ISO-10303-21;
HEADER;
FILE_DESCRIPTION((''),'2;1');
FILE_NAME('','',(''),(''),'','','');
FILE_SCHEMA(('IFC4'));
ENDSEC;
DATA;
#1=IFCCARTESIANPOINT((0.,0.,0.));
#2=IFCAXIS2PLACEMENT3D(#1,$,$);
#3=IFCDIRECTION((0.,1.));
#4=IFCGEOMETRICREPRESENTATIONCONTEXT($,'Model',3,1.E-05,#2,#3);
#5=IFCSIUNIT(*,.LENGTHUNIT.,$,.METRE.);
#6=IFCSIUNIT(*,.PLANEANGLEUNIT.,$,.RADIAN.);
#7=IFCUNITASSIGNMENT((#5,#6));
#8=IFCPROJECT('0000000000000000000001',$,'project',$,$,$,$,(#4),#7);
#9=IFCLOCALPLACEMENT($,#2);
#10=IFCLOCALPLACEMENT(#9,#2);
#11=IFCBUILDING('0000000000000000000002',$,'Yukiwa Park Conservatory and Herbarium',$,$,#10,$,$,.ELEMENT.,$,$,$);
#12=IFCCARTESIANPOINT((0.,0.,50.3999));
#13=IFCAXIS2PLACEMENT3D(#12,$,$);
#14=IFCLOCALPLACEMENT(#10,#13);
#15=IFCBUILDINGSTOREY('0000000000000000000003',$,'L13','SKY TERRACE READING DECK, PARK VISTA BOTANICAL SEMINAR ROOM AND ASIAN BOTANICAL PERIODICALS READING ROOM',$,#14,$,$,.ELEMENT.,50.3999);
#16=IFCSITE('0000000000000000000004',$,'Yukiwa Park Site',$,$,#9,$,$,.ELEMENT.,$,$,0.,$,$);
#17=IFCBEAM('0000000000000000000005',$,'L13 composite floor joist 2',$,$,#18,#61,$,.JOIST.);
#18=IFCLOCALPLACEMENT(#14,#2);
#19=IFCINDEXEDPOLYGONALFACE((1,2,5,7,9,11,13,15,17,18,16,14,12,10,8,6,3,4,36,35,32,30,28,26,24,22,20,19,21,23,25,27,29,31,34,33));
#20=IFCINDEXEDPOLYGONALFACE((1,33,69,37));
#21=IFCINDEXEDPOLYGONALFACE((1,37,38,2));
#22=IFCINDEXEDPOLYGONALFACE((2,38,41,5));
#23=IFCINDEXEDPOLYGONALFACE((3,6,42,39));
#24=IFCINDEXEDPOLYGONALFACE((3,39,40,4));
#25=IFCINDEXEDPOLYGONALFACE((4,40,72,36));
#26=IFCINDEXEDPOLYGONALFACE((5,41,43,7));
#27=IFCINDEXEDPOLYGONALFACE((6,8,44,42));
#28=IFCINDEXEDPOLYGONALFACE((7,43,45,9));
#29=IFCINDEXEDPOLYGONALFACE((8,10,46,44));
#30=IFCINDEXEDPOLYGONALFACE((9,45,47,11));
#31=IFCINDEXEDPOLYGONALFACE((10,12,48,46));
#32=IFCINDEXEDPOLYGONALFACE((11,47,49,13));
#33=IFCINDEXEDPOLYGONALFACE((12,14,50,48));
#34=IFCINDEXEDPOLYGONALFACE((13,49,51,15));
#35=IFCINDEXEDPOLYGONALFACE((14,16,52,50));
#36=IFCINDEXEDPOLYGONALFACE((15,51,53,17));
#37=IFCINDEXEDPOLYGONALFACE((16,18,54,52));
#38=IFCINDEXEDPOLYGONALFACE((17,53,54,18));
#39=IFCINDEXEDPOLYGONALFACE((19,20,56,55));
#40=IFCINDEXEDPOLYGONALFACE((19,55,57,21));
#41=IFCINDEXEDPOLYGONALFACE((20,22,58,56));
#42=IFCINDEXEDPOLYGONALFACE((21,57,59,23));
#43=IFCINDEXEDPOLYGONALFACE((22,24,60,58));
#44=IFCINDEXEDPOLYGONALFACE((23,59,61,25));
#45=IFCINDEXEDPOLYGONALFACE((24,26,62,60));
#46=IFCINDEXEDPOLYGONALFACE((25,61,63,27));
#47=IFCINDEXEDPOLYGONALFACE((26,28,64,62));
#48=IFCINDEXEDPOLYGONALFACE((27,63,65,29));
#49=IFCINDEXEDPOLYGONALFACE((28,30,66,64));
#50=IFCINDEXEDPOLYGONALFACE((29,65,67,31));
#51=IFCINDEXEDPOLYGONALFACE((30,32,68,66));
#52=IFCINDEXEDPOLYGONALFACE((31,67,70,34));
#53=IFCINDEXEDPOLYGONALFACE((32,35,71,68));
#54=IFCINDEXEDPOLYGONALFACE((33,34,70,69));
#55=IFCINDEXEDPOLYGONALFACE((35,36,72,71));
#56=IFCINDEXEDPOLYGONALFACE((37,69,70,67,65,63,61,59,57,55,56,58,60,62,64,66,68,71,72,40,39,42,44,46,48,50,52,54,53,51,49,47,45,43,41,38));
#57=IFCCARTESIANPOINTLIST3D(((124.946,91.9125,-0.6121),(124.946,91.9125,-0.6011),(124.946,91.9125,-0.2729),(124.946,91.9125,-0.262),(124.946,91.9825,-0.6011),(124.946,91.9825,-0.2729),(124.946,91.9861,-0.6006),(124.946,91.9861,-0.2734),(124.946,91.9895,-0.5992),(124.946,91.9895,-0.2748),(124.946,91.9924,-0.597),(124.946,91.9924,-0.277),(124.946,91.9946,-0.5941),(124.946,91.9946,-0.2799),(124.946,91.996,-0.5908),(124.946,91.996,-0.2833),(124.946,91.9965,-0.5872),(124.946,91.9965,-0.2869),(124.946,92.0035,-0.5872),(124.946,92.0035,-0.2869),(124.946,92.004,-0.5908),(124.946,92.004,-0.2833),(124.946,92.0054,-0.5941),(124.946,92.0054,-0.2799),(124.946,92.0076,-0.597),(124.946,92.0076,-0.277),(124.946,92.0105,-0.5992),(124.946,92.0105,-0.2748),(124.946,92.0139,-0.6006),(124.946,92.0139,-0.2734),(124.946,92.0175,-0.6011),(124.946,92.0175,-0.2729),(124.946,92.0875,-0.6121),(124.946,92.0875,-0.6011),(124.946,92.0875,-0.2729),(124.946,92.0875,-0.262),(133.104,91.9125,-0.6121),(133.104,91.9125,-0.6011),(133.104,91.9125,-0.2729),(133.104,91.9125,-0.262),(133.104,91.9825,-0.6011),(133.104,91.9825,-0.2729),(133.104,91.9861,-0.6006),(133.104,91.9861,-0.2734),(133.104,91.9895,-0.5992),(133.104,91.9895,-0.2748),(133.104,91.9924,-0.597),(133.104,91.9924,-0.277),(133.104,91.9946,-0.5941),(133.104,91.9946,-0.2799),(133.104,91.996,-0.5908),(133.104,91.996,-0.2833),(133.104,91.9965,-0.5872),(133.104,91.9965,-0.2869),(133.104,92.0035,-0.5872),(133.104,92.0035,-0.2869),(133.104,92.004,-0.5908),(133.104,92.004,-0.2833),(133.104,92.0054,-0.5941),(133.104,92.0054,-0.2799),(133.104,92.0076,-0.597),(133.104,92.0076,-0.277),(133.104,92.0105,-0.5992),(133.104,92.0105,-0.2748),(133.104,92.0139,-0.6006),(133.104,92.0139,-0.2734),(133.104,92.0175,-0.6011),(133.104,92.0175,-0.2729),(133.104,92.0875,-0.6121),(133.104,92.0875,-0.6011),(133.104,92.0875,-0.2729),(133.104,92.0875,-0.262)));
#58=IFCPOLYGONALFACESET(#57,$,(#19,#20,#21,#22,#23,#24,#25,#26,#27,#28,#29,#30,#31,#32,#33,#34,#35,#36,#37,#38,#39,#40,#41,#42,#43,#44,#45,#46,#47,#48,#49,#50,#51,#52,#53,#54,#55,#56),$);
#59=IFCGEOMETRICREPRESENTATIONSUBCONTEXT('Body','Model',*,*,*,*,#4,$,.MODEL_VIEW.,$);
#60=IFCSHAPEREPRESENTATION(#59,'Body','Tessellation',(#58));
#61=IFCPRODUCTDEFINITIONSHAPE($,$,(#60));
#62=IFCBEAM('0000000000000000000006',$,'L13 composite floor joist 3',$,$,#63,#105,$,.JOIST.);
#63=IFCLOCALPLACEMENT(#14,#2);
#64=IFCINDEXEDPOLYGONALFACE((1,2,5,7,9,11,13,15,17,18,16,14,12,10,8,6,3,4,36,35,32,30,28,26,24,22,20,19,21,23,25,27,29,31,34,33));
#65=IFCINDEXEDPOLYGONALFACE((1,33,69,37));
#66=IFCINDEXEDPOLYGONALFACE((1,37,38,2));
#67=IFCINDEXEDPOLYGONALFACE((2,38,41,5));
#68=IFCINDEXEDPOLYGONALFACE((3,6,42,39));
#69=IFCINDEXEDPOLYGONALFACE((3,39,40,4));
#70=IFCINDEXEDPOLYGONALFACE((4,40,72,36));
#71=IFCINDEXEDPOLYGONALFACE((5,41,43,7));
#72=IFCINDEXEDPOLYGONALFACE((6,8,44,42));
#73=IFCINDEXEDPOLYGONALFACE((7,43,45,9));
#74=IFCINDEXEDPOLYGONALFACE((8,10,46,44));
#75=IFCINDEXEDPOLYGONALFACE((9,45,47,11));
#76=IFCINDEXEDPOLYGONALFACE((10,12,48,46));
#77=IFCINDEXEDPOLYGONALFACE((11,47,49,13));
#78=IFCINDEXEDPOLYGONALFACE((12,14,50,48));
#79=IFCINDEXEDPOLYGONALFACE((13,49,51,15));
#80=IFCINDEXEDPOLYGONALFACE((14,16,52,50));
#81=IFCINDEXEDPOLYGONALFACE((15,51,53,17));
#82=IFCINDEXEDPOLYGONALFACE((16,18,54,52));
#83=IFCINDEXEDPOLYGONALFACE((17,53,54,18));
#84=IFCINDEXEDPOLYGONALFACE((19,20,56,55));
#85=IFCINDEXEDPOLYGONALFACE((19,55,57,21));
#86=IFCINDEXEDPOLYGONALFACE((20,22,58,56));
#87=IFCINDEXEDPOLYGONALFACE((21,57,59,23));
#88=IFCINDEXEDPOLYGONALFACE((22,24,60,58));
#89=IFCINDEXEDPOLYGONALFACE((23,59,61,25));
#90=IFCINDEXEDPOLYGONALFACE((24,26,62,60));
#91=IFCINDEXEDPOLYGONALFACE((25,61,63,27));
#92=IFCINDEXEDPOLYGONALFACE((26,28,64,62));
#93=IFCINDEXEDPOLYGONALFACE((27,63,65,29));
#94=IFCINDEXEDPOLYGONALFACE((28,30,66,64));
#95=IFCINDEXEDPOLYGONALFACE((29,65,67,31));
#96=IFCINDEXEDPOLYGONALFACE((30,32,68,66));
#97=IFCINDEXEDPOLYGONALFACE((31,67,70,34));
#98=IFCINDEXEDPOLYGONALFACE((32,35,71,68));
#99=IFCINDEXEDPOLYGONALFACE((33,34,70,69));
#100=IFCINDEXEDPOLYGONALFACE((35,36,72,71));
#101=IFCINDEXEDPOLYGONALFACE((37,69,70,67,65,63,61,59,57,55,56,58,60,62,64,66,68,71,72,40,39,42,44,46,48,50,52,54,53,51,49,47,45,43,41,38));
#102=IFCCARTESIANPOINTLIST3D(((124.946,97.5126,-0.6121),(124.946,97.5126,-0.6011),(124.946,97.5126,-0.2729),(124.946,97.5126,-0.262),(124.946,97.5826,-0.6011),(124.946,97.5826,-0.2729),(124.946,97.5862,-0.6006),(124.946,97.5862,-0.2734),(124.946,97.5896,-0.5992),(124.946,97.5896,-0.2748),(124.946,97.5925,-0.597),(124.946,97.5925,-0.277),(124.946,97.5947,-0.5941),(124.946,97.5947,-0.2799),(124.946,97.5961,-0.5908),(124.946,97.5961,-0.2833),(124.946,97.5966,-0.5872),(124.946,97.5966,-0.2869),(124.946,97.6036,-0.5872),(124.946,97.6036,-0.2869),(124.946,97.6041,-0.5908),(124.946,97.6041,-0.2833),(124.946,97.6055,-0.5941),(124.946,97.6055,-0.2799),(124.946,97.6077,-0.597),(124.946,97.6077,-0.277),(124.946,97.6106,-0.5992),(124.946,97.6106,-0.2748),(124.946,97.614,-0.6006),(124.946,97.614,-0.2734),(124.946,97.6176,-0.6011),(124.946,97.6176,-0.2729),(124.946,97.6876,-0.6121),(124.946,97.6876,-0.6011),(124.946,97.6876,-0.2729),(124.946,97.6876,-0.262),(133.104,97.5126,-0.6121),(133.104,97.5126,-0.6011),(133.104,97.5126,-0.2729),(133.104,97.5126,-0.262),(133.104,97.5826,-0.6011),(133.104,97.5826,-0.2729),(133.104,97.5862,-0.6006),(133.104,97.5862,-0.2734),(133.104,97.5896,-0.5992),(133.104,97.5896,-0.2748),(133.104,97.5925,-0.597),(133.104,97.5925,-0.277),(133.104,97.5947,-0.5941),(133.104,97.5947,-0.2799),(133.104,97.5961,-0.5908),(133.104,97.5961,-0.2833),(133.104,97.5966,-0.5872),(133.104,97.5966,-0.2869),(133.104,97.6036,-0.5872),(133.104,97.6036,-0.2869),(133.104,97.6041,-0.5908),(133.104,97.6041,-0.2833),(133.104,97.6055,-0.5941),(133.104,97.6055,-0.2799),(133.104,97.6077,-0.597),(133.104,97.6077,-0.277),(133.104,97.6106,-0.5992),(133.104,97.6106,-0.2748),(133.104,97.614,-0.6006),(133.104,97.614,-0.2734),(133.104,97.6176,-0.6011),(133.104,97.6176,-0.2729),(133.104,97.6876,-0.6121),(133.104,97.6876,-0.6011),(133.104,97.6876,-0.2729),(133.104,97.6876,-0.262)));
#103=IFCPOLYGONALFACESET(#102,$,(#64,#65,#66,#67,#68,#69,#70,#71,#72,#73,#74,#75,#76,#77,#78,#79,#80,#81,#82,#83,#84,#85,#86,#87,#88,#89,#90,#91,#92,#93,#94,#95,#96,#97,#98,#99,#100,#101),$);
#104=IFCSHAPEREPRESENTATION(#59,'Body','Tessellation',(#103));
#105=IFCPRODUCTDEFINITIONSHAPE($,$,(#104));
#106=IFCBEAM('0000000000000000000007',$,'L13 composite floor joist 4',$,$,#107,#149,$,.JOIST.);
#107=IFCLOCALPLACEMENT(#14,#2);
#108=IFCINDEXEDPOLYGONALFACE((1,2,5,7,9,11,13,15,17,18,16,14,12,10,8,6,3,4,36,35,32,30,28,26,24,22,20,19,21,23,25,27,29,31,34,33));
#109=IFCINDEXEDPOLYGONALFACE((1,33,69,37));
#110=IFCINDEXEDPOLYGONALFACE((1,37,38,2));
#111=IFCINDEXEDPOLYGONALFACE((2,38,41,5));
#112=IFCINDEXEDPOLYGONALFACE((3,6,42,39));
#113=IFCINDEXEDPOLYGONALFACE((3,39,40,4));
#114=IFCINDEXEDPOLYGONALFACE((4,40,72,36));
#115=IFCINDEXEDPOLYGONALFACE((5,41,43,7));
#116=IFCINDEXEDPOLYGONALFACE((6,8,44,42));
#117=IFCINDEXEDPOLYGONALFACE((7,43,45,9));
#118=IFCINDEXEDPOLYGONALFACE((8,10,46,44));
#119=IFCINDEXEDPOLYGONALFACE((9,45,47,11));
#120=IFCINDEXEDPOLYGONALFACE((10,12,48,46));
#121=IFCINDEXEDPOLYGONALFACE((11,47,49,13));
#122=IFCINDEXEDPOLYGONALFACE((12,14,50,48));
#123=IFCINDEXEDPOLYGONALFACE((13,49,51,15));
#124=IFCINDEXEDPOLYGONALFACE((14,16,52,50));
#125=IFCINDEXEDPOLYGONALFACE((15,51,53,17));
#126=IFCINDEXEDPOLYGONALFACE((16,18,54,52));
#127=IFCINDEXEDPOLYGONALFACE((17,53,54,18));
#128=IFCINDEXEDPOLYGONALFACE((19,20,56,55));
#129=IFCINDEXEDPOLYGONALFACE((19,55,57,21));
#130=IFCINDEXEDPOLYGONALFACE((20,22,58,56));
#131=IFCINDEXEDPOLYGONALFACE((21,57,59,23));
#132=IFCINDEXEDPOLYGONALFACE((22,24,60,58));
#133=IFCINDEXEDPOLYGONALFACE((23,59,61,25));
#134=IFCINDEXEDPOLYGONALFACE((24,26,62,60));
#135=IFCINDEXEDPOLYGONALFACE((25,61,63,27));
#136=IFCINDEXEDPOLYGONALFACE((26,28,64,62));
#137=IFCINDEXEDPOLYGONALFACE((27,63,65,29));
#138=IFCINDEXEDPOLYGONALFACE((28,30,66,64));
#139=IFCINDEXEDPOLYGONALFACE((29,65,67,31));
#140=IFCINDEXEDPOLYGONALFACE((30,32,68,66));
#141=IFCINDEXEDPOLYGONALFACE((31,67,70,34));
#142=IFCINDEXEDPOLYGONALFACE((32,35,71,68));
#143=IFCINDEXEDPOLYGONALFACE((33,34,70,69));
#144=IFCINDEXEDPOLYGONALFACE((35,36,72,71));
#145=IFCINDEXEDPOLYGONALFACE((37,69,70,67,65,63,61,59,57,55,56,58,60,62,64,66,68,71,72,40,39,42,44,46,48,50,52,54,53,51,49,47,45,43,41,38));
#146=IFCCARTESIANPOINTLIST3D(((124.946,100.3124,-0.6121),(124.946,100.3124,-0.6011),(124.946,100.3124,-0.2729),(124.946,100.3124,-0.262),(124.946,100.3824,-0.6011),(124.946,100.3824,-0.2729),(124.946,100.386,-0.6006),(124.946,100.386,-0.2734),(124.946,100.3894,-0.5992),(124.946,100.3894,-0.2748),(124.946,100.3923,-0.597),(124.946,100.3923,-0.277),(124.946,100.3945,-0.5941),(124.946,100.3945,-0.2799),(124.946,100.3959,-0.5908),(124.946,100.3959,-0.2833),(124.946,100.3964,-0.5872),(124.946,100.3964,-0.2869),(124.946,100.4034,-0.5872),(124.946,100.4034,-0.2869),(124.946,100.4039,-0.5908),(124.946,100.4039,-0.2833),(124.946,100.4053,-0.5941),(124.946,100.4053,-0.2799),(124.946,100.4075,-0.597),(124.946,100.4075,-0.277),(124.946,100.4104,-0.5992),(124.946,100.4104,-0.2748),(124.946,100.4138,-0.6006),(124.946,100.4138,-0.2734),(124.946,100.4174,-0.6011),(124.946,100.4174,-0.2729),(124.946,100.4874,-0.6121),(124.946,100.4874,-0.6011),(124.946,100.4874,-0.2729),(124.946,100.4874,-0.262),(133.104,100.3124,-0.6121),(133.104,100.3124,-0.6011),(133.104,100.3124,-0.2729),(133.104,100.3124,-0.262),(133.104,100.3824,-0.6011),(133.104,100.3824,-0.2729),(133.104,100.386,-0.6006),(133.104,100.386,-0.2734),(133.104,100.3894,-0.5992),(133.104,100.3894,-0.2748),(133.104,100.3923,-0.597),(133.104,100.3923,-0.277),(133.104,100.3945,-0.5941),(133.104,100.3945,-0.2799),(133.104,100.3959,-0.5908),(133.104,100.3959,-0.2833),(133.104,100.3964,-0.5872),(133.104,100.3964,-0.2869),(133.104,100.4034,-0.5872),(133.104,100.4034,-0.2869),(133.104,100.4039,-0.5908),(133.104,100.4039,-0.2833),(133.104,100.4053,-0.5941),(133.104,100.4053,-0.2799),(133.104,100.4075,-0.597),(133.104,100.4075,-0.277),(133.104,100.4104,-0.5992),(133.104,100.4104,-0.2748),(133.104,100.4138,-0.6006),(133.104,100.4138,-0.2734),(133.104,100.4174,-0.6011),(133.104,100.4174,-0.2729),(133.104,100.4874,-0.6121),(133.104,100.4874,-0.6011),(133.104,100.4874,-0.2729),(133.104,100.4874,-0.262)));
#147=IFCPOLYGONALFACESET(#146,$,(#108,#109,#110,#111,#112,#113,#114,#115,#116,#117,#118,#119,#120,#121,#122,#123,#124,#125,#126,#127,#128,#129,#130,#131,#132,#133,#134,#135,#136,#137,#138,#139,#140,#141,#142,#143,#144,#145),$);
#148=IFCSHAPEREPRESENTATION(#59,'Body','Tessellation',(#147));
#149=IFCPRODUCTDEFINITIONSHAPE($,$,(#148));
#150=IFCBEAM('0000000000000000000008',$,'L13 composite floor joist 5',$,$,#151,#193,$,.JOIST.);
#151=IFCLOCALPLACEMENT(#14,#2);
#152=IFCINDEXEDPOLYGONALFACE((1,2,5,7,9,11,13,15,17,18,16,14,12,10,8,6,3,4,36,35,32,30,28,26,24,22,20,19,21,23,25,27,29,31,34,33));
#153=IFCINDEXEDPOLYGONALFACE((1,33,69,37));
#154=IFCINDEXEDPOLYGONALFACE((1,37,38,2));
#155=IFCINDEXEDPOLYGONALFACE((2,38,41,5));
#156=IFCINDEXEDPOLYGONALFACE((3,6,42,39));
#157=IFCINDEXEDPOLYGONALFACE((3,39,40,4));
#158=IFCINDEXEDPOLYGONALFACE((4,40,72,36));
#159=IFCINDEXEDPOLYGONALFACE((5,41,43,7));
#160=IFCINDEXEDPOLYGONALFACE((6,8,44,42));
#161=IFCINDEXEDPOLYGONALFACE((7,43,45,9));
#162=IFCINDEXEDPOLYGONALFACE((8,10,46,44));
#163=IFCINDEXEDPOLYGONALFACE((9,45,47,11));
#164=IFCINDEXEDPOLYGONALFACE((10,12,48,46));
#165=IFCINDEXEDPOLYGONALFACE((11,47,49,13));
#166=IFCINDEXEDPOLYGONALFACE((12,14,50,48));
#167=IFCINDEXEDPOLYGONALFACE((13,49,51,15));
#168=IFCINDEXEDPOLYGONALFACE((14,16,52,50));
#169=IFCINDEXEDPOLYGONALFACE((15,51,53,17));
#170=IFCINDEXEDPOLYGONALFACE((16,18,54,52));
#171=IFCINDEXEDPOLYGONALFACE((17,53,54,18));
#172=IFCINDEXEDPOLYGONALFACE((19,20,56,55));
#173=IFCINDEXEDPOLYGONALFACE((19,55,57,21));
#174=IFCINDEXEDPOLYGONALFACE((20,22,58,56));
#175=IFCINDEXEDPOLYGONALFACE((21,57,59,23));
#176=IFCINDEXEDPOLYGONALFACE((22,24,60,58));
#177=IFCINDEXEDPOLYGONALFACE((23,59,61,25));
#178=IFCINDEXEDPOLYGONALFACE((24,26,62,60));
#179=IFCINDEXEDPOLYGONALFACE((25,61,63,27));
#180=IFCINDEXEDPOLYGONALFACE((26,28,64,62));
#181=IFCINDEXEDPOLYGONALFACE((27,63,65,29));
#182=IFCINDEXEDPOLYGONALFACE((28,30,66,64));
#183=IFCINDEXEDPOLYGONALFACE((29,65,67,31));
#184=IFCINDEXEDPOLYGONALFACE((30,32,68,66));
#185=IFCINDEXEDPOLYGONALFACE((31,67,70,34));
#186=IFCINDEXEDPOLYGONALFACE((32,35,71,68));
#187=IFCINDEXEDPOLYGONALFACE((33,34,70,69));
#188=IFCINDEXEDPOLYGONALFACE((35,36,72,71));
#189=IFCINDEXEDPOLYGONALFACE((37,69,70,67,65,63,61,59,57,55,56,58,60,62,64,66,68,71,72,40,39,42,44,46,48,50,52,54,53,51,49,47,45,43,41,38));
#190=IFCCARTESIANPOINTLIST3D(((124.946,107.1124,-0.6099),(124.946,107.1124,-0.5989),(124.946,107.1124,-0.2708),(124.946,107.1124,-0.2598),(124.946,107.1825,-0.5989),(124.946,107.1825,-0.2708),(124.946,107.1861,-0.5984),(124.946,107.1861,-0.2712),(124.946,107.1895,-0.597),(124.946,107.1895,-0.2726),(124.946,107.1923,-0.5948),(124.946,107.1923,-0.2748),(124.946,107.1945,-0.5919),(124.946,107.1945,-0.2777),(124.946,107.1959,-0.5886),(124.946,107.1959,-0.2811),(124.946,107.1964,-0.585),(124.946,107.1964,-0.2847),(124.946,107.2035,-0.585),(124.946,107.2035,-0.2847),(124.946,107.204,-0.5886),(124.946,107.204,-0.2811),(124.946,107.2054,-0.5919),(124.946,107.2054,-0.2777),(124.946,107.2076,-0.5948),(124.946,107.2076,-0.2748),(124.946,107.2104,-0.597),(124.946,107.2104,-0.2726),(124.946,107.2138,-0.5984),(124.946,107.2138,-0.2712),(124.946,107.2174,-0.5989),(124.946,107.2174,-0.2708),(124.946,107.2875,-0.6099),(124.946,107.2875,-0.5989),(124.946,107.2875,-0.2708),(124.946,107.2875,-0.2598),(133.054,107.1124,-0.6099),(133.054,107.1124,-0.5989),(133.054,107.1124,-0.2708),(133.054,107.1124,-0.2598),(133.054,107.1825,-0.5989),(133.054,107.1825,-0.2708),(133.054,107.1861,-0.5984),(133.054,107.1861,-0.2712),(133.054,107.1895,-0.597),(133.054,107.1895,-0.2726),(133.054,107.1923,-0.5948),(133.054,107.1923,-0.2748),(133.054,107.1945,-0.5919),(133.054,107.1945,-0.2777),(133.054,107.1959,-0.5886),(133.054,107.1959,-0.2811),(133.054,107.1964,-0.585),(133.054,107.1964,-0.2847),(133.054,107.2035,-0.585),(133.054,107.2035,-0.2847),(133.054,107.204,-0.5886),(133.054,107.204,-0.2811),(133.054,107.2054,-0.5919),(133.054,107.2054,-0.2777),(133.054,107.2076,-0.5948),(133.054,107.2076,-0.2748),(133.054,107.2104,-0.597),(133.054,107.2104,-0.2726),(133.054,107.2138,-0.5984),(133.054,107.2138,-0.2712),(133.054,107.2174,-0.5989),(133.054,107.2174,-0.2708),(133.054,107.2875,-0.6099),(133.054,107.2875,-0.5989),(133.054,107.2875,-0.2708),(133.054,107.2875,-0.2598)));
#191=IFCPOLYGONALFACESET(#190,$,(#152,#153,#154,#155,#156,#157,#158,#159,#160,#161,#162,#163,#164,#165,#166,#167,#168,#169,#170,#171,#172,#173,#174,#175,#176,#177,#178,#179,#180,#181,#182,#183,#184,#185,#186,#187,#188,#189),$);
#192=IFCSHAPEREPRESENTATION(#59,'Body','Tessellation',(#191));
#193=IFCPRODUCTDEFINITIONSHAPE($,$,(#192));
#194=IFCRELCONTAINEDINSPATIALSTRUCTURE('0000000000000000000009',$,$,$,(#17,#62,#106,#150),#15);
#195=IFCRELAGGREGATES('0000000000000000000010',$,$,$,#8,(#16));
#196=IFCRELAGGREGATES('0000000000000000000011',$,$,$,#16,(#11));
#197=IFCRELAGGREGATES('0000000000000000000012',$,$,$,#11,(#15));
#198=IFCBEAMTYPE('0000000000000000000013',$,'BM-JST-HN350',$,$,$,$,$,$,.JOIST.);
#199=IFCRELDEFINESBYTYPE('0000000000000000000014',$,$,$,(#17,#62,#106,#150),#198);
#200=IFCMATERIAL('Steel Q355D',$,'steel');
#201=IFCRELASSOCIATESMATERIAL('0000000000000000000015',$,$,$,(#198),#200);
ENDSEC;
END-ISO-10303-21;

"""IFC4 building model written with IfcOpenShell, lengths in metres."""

from ifc_helpers import new_model, si_unit, direction, frame, origin, origin_2d, place, context, subcontext, project, spatial, i_section, extrude, material, material_profile, profile_set, type_object, element, save


model = new_model("IFC4")

# Units and contexts
model_context = context("Model", 3, precision=1e-05, world=origin(), true_north=direction((0.0, 1.0)))
body_context = subcontext(model_context, "Body", "Model", "MODEL_VIEW")
ifc_project = project(units=[si_unit("LENGTHUNIT", "METRE"), si_unit("PLANEANGLEUNIT", "RADIAN")], contexts=[model_context])

# Site, building, storey
site_placement = place(None, origin())
site = spatial("IfcSite", under=ifc_project, at=site_placement, Name="Yukiwa Park Site", CompositionType="ELEMENT", RefElevation=0.0)
building_placement = place(site_placement, origin())
building = spatial("IfcBuilding", under=site, at=building_placement, Name="Yukiwa Park Conservatory and Herbarium", CompositionType="ELEMENT")
storey_placement = place(building_placement, frame((0.0, 0.0, 50.3999)))
storey = spatial("IfcBuildingStorey", under=building, at=storey_placement, Name="L13", Description="SKY TERRACE READING DECK, PARK VISTA BOTANICAL SEMINAR ROOM AND ASIAN BOTANICAL PERIODICALS READING ROOM", CompositionType="ELEMENT", Elevation=50.3999)

# Beams
ifc_material_1 = material(Name="Steel Q355D", Category="steel")
ifc_material_profile_1 = material_profile(ifc_material_1, i_section(OverallWidth=0.175, OverallDepth=0.3501, WebThickness=0.0071, FlangeThickness=0.011, FilletRadius=0.0139, at=origin_2d()), Name="HN 350x175x7x11")
ifc_profile_set_1 = profile_set([ifc_material_profile_1], Name="Steel Q355D")
beam_type_1 = type_object("IfcBeamType", Name="BM-JST-HN350", PredefinedType="JOIST", material=ifc_profile_set_1)
for number, where, z_axis, x_axis, name in (
    (1, (124.946, 92.0, -0.437), (1.0, 0.0, 0.0), (0.0, 1.0, 0.0), "L13 composite floor joist 2"),
    (2, (124.946, 97.6001, -0.437), (1.0, 0.0, 0.0), (0.0, 1.0, 0.0), "L13 composite floor joist 3"),
    (3, (124.946, 100.3999, -0.437), (1.0, 0.0, 0.0), (0.0, 1.0, 0.0), "L13 composite floor joist 4"),
):
    element("IfcBeam", number, at=place(storey_placement, frame(where, z_axis=z_axis, x_axis=x_axis)), inside=storey, type_object=beam_type_1, Name=name, PredefinedType="JOIST", context=body_context, shape_type="SweptSolid", body=[
        extrude(i_section(OverallWidth=0.175, OverallDepth=0.3501, WebThickness=0.0071, FlangeThickness=0.011, FilletRadius=0.0139, at=origin_2d()), origin(), (0.0, 0.0, 1.0), 8.158),
    ])
for number, where, z_axis, x_axis, name in (
    (4, (124.946, 107.2, -0.4348), (1.0, 0.0, 0.0), (0.0, 1.0, 0.0), "L13 composite floor joist 5"),
):
    element("IfcBeam", number, at=place(storey_placement, frame(where, z_axis=z_axis, x_axis=x_axis)), inside=storey, type_object=beam_type_1, Name=name, PredefinedType="JOIST", context=body_context, shape_type="SweptSolid", body=[
        extrude(i_section(OverallWidth=0.175, OverallDepth=0.3501, WebThickness=0.0071, FlangeThickness=0.011, FilletRadius=0.0139, at=origin_2d()), origin(), (0.0, 0.0, 1.0), 8.1079),
    ])

save(model, "model.ifc")
